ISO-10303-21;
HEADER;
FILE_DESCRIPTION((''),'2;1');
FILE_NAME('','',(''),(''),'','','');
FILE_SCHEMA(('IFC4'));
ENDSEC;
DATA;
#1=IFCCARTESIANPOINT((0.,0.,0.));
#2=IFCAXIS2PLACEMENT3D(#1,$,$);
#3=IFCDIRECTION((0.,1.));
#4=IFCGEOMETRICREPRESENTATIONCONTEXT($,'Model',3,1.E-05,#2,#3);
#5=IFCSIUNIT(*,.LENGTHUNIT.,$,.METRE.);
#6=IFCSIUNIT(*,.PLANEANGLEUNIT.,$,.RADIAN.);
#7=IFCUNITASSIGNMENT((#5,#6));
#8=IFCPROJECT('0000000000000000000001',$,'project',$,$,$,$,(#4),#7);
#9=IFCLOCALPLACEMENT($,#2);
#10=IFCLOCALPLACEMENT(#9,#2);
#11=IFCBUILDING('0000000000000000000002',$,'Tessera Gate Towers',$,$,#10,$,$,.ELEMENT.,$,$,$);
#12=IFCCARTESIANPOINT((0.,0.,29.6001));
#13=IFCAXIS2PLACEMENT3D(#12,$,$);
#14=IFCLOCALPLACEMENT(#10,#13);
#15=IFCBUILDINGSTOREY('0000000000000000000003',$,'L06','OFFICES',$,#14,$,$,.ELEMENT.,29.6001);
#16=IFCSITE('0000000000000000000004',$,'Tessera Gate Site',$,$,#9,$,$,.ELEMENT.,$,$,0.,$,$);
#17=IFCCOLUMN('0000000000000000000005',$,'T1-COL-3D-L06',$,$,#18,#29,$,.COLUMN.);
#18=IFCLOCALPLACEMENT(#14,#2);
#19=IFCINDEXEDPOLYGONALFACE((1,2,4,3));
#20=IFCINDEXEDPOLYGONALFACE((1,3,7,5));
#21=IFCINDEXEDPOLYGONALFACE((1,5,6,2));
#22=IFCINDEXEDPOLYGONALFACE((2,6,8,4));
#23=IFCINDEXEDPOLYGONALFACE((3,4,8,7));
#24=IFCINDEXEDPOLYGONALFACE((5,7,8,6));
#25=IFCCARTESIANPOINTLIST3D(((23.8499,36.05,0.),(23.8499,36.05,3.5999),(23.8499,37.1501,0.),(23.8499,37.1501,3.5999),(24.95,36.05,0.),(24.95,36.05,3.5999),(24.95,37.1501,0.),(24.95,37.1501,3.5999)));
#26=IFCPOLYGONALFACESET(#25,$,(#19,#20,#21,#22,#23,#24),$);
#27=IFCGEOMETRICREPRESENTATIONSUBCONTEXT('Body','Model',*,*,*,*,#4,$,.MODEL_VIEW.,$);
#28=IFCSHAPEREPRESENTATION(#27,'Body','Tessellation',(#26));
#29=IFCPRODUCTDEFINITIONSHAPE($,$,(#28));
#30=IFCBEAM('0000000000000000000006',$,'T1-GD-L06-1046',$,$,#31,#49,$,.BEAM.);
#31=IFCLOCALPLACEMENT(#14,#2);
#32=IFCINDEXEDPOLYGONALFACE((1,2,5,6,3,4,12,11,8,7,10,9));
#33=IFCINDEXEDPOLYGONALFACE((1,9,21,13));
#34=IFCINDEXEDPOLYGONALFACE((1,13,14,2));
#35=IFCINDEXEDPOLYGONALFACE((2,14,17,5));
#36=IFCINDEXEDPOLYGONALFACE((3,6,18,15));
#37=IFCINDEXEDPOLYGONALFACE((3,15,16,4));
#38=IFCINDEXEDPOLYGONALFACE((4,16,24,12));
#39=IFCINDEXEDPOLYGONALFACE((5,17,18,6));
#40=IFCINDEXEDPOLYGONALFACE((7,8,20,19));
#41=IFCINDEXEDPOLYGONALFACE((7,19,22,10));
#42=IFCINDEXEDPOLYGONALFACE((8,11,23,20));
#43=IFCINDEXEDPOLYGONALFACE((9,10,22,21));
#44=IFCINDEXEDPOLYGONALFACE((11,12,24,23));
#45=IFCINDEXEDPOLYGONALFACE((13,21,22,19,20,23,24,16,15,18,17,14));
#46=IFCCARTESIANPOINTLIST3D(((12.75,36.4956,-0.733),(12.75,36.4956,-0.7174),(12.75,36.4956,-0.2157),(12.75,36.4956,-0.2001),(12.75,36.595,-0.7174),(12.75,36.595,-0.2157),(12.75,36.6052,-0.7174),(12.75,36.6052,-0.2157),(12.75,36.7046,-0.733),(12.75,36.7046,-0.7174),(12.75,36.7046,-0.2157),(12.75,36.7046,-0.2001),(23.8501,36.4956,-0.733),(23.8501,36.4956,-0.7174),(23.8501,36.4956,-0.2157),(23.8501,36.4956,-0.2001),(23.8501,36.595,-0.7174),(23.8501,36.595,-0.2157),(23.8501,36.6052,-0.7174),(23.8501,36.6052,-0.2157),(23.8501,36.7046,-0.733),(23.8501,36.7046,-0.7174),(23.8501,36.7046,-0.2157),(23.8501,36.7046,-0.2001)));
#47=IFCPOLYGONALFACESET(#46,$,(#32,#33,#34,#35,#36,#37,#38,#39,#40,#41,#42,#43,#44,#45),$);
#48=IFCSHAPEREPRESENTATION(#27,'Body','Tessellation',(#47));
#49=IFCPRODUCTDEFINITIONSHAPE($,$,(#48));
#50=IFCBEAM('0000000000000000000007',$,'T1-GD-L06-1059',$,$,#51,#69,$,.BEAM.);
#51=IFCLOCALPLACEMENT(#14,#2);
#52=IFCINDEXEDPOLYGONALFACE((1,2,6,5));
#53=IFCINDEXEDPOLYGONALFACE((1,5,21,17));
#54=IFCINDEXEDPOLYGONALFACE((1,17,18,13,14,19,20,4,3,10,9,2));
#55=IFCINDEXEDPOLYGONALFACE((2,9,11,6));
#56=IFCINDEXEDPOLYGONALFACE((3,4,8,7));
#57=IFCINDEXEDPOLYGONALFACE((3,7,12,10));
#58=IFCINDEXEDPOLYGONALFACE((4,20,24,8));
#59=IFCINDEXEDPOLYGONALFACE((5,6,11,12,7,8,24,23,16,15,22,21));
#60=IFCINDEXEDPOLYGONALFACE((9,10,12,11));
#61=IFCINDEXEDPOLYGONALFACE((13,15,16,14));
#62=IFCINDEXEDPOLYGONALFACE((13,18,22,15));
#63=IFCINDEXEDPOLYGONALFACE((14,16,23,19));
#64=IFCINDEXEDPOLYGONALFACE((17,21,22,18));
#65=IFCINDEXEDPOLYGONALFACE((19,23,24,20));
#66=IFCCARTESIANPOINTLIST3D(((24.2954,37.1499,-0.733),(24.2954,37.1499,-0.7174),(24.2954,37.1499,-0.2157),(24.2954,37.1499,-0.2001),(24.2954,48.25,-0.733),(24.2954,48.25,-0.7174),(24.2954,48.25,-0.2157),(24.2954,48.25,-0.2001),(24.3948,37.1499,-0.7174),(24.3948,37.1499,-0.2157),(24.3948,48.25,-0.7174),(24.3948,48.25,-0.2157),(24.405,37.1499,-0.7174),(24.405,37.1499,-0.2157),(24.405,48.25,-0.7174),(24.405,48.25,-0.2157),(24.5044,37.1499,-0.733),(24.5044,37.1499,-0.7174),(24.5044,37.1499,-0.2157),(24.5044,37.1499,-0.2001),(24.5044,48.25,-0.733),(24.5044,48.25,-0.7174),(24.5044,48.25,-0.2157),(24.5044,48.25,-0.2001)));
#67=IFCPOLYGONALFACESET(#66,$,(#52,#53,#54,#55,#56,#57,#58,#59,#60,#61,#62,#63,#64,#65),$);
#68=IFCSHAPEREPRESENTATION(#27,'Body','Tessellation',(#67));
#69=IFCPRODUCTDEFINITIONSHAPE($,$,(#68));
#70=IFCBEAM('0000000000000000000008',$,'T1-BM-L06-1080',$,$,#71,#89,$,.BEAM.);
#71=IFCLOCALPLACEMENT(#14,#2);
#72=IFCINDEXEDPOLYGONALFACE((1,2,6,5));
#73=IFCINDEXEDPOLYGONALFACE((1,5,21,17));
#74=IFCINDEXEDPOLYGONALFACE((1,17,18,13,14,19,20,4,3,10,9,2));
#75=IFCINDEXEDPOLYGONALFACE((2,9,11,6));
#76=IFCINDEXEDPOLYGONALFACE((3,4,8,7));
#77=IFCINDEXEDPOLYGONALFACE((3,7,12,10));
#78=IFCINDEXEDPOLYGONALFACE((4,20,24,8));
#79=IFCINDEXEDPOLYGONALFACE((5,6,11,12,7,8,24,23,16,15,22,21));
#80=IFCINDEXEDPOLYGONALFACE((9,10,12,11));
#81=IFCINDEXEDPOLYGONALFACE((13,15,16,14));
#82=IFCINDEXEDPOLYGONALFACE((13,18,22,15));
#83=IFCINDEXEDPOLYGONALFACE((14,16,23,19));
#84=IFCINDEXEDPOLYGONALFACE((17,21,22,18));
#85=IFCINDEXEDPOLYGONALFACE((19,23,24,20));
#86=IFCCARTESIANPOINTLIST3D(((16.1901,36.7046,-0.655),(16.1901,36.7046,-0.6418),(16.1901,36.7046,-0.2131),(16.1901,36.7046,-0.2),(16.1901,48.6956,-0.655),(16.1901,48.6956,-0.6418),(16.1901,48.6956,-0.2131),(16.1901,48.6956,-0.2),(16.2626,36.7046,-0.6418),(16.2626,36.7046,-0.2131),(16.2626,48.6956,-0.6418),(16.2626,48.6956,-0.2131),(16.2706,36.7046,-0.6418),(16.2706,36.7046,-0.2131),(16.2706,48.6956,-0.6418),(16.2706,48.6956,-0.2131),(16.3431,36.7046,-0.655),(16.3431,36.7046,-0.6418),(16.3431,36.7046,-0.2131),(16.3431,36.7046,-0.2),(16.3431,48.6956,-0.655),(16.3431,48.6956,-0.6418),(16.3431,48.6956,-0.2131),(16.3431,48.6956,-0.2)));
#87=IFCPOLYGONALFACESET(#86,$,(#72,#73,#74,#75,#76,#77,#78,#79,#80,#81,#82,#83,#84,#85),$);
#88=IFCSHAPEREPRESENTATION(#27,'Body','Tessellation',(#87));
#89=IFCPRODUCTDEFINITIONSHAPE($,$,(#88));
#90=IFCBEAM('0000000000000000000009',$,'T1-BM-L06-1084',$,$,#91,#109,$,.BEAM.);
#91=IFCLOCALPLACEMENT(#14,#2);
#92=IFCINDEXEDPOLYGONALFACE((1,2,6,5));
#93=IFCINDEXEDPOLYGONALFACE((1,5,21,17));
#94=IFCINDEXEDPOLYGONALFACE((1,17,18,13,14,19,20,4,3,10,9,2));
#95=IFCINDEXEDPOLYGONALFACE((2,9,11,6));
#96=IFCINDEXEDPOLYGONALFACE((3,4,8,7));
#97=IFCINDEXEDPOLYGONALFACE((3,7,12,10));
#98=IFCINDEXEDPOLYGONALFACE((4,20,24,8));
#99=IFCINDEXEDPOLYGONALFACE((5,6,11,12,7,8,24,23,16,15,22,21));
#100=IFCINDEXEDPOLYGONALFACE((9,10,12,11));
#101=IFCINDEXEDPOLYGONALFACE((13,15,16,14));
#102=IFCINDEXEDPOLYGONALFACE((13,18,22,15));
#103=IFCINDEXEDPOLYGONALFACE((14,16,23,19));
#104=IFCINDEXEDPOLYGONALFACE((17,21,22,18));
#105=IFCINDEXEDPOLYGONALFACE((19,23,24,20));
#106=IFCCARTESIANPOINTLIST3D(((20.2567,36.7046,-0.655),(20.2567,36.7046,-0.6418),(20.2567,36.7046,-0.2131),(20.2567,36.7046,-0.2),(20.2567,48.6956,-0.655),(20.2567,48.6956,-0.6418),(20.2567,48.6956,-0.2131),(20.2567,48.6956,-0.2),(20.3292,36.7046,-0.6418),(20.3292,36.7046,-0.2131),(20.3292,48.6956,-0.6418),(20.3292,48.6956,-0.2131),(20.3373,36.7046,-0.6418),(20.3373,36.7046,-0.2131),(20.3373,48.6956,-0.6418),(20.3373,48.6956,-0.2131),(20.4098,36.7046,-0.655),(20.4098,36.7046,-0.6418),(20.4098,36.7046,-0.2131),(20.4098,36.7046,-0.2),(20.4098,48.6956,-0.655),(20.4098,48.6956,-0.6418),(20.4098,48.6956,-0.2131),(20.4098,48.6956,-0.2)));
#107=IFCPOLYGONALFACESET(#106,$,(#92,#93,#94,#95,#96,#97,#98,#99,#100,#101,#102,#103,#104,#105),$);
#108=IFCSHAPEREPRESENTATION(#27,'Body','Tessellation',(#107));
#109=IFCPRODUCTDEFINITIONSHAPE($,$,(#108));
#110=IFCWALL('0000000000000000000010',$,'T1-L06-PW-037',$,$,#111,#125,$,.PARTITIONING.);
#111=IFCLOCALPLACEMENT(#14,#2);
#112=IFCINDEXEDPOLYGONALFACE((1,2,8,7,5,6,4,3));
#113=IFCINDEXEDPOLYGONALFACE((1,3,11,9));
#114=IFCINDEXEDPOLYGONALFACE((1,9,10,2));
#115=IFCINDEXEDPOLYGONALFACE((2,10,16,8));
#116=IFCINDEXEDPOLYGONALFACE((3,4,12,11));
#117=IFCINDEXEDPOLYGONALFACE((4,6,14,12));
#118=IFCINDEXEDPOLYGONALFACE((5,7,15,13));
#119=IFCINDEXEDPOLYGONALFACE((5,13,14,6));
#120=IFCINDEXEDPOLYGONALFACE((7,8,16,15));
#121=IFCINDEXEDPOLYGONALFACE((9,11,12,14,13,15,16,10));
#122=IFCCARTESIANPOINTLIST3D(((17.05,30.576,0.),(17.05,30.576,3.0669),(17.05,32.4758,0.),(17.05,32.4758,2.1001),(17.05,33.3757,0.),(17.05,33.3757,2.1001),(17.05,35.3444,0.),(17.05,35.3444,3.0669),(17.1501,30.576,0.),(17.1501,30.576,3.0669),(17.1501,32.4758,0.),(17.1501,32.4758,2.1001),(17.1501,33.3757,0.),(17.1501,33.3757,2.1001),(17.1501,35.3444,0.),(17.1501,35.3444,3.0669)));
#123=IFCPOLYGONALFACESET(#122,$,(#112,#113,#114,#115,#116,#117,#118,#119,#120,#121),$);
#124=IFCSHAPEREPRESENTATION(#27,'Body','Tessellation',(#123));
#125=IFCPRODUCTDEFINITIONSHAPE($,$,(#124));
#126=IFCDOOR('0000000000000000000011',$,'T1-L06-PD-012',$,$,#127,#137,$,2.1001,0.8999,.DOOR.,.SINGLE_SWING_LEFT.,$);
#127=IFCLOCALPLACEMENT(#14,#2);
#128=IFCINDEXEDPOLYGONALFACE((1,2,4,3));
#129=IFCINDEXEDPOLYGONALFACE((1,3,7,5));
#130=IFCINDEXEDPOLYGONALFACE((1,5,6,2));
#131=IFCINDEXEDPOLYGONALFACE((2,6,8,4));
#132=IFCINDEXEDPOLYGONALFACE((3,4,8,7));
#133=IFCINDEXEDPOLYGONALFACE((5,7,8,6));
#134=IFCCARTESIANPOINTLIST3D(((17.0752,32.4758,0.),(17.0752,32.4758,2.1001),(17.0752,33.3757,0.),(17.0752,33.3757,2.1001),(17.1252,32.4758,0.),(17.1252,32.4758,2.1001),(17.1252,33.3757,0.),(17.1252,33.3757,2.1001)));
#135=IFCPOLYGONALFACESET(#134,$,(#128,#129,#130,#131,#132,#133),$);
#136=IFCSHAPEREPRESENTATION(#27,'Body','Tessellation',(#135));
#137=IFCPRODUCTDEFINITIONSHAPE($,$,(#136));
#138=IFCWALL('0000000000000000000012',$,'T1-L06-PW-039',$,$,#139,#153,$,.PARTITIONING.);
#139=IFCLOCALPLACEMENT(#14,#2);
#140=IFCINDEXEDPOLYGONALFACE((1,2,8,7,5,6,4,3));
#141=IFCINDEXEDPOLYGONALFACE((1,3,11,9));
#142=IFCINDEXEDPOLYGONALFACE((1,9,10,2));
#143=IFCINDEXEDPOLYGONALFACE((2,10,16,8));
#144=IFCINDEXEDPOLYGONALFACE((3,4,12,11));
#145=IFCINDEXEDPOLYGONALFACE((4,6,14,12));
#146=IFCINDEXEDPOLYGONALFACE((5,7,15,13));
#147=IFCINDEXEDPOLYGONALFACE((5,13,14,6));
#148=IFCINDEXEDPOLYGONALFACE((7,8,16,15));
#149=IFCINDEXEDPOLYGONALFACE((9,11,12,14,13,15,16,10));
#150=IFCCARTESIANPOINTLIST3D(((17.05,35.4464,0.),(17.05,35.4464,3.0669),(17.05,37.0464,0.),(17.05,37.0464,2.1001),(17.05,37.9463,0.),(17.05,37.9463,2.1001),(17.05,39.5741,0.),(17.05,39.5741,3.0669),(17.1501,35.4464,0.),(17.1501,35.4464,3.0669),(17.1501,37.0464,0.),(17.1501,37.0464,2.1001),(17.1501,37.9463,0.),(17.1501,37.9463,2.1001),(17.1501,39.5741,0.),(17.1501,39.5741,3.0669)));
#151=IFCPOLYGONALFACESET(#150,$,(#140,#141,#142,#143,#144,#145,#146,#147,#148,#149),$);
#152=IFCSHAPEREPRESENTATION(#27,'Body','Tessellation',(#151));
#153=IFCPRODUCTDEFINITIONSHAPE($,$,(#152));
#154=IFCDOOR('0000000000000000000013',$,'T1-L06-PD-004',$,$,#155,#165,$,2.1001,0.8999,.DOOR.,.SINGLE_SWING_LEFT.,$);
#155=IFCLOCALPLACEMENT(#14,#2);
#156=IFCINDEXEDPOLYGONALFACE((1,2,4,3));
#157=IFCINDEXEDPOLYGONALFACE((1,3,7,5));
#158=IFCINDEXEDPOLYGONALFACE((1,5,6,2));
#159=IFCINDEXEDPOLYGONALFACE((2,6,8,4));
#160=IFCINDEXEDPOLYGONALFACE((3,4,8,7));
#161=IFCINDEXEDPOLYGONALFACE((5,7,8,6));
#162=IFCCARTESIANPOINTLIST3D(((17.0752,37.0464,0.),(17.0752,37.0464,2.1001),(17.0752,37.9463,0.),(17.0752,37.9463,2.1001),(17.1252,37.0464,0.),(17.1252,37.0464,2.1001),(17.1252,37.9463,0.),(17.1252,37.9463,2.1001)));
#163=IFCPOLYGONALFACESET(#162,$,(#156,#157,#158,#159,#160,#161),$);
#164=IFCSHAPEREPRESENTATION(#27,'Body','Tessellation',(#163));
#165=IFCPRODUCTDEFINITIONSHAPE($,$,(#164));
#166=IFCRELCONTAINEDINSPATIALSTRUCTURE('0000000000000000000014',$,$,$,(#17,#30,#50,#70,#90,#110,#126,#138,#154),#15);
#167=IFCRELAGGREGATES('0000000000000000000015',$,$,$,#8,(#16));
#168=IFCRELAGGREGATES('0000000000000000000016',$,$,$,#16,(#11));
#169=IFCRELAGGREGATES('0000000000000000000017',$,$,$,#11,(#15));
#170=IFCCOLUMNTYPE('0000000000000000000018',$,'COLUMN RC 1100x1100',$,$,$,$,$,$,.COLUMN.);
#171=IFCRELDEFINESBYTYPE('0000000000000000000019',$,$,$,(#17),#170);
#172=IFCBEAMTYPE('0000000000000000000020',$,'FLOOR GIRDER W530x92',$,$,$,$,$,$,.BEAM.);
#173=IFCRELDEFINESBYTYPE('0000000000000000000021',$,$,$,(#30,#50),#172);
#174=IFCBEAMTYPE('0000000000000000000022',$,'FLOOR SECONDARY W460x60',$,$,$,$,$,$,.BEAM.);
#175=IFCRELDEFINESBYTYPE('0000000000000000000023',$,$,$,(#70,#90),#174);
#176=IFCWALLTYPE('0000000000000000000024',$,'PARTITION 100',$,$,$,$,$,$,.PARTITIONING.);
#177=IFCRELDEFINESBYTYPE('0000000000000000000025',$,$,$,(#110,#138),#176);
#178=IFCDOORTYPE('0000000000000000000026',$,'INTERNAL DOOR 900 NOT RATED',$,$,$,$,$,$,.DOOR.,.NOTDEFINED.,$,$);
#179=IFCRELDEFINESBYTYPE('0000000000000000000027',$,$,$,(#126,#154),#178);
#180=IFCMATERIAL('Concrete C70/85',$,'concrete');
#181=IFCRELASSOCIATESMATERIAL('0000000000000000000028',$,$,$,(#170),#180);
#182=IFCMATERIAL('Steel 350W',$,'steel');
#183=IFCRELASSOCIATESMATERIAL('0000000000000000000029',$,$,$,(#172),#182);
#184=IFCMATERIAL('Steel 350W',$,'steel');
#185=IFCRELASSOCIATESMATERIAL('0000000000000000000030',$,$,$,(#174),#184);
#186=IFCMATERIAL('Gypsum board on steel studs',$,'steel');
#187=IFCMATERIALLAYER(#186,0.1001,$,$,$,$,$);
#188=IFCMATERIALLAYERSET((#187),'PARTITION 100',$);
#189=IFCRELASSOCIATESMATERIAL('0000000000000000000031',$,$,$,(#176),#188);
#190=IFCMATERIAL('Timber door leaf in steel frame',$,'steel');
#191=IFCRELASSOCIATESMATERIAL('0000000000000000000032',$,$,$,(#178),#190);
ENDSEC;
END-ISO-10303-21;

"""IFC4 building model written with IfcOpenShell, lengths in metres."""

from ifc_helpers import new_model, si_unit, direction, frame, frame_2d, origin, origin_2d, place, context, subcontext, project, spatial, rectangle, i_section, extrude, source, transform, mapped, material, layer, layer_set, material_profile, profile_set, type_object, element, fill, save


model = new_model("IFC4")

# Units and contexts
model_context = context("Model", 3, precision=1e-05, world=origin(), true_north=direction((0.0, 1.0)))
body_context = subcontext(model_context, "Body", "Model", "MODEL_VIEW")
ifc_project = project(units=[si_unit("LENGTHUNIT", "METRE"), si_unit("PLANEANGLEUNIT", "RADIAN")], contexts=[model_context])

# Site, building, storey
site_placement = place(None, origin())
site = spatial("IfcSite", under=ifc_project, at=site_placement, Name="Tessera Gate Site", CompositionType="ELEMENT", RefElevation=0.0)
building_placement = place(site_placement, origin())
building = spatial("IfcBuilding", under=site, at=building_placement, Name="Tessera Gate Towers", CompositionType="ELEMENT")
storey_placement = place(building_placement, frame((0.0, 0.0, 29.6001)))
storey = spatial("IfcBuildingStorey", under=building, at=storey_placement, Name="L06", Description="OFFICES", CompositionType="ELEMENT", Elevation=29.6001)

# Column
ifc_material_1 = material(Name="Concrete C70/85", Category="concrete")
ifc_material_profile_1 = material_profile(ifc_material_1, rectangle(XDim=1.1001, YDim=1.1001, at=origin_2d()), Name="RC 1100x1100")
ifc_profile_set_1 = profile_set([ifc_material_profile_1], Name="Concrete C70/85")
column_type = type_object("IfcColumnType", Name="COLUMN RC 1100x1100", PredefinedType="COLUMN", material=ifc_profile_set_1)
column_placement = place(storey_placement, frame((24.3999, 36.6001, 0.0), z_axis=(0.0, 0.0, 1.0), x_axis=(1.0, 0.0, 0.0)))
element("IfcColumn", 1, at=column_placement, inside=storey, type_object=column_type, Name="T1-COL-3D-L06", PredefinedType="COLUMN", context=body_context, shape_type="SweptSolid", body=[
    extrude(rectangle(XDim=1.1001, YDim=1.1001, at=origin_2d()), origin(), (0.0, 0.0, 1.0), 3.5999),
])

# Beams
ifc_material_2 = material(Name="Steel 350W", Category="steel")
ifc_material_profile_2 = material_profile(ifc_material_2, i_section(OverallWidth=0.209, OverallDepth=0.533, WebThickness=0.0103, FlangeThickness=0.0156, at=origin_2d()), Name="W530x92")
ifc_profile_set_2 = profile_set([ifc_material_profile_2], Name="Steel 350W")
beam_type_1 = type_object("IfcBeamType", Name="FLOOR GIRDER W530x92", PredefinedType="BEAM", material=ifc_profile_set_2)
for number, where, z_axis, x_axis, name in (
    (2, (12.75, 36.6001, -0.4666), (1.0, 0.0, 0.0), (0.0, 1.0, 0.0), "T1-GD-L06-1046"),
    (3, (24.3999, 37.1499, -0.4666), (0.0, 1.0, 0.0), (-1.0, 0.0, 0.0), "T1-GD-L06-1059"),
):
    element("IfcBeam", number, at=place(storey_placement, frame(where, z_axis=z_axis, x_axis=x_axis)), inside=storey, type_object=beam_type_1, Name=name, PredefinedType="BEAM", context=body_context, shape_type="SweptSolid", body=[
        extrude(i_section(OverallWidth=0.209, OverallDepth=0.533, WebThickness=0.0103, FlangeThickness=0.0156, at=origin_2d()), origin(), (0.0, 0.0, 1.0), 11.1001),
    ])
ifc_material_3 = material(Name="Steel 350W", Category="steel")
ifc_material_profile_3 = material_profile(ifc_material_3, i_section(OverallWidth=0.1531, OverallDepth=0.4551, WebThickness=0.0081, FlangeThickness=0.0132, at=origin_2d()), Name="W460x60")
ifc_profile_set_3 = profile_set([ifc_material_profile_3], Name="Steel 350W")
beam_type_2 = type_object("IfcBeamType", Name="FLOOR SECONDARY W460x60", PredefinedType="BEAM", material=ifc_profile_set_3)
for number, where, z_axis, x_axis, name in (
    (4, (16.2666, 36.7046, -0.4275), (0.0, 1.0, 0.0), (-1.0, 0.0, 0.0), "T1-BM-L06-1080"),
    (5, (20.3333, 36.7046, -0.4275), (0.0, 1.0, 0.0), (-1.0, 0.0, 0.0), "T1-BM-L06-1084"),
):
    element("IfcBeam", number, at=place(storey_placement, frame(where, z_axis=z_axis, x_axis=x_axis)), inside=storey, type_object=beam_type_2, Name=name, PredefinedType="BEAM", context=body_context, shape_type="SweptSolid", body=[
        extrude(i_section(OverallWidth=0.1531, OverallDepth=0.4551, WebThickness=0.0081, FlangeThickness=0.0132, at=origin_2d()), origin(), (0.0, 0.0, 1.0), 11.991),
    ])

# Walls, openings, doors
ifc_material_4 = material(Name="Gypsum board on steel studs", Category="steel")
ifc_layer_1 = layer(ifc_material_4, 0.1001)
ifc_layer_set_1 = layer_set([ifc_layer_1], Name="PARTITION 100")
wall_type_1 = type_object("IfcWallType", Name="PARTITION 100", PredefinedType="PARTITIONING", material=ifc_layer_set_1)
wall_1_placement = place(storey_placement, frame((17.1001, 30.5759, 0.0), z_axis=(0.0, 0.0, 1.0), x_axis=(0.0, 1.0, 0.0)))
wall_1 = element("IfcWall", 6, at=wall_1_placement, inside=storey, type_object=wall_type_1, Name="T1-L06-PW-037", PredefinedType="PARTITIONING", context=body_context, shape_type="SweptSolid", body=[
    extrude(rectangle(XDim=4.7683, YDim=0.1001, at=frame_2d((2.3843, 0.0))), origin(), (0.0, 0.0, 1.0), 3.0669),
])
shared_shape_1 = source(origin(), body_context, "Body", "SweptSolid", [
    extrude(rectangle(XDim=0.8999, YDim=2.1001, at=frame_2d((0.45, 1.05))), frame((0.0, 0.0601, 0.0), z_axis=(0.0, -1.0, 0.0), x_axis=(1.0, 0.0, 0.0)), (0.0, 0.0, 1.0), 0.1201),
])
opening_1_placement = place(wall_1_placement, frame((1.8999, 0.0, 0.0)))
opening_1 = element("IfcOpeningElement", 7, at=opening_1_placement, cuts=wall_1, PredefinedType="OPENING", context=body_context, shape_type="MappedRepresentation", body=[
    mapped(shared_shape_1, transform((0.0, 0.0, 0.0), scale=1.0)),
])
ifc_material_5 = material(Name="Timber door leaf in steel frame", Category="steel")
door_type = type_object("IfcDoorType", Name="INTERNAL DOOR 900 NOT RATED", OperationType="NOTDEFINED", PredefinedType="DOOR", material=ifc_material_5)
shared_shape_2 = source(origin(), body_context, "Body", "SweptSolid", [
    extrude(rectangle(XDim=0.8999, YDim=2.1001, at=frame_2d((0.45, 1.05))), frame((0.0, 0.0249, 0.0), z_axis=(0.0, -1.0, 0.0), x_axis=(1.0, 0.0, 0.0)), (0.0, 0.0, 1.0), 0.05),
])
door_1_placement = place(opening_1_placement, origin())
door_1 = element("IfcDoor", 8, at=door_1_placement, inside=storey, type_object=door_type, Name="T1-L06-PD-012", OperationType="SINGLE_SWING_LEFT", OverallHeight=2.1001, OverallWidth=0.8999, PredefinedType="DOOR", context=body_context, shape_type="MappedRepresentation", body=[
    mapped(shared_shape_2, transform((0.0, 0.0, 0.0), scale=1.0)),
])
fill(opening_1, door_1)
wall_2_placement = place(storey_placement, frame((17.1001, 35.4463, 0.0), z_axis=(0.0, 0.0, 1.0), x_axis=(0.0, 1.0, 0.0)))
wall_2 = element("IfcWall", 9, at=wall_2_placement, inside=storey, type_object=wall_type_1, Name="T1-L06-PW-039", PredefinedType="PARTITIONING", context=body_context, shape_type="SweptSolid", body=[
    extrude(rectangle(XDim=4.1277, YDim=0.1001, at=frame_2d((2.064, 0.0))), origin(), (0.0, 0.0, 1.0), 3.0669),
])
opening_2_placement = place(wall_2_placement, frame((1.6001, 0.0, 0.0)))
opening_2 = element("IfcOpeningElement", 10, at=opening_2_placement, cuts=wall_2, PredefinedType="OPENING", context=body_context, shape_type="MappedRepresentation", body=[
    mapped(shared_shape_1, transform((0.0, 0.0, 0.0), scale=1.0)),
])
door_2_placement = place(opening_2_placement, origin())
door_2 = element("IfcDoor", 11, at=door_2_placement, inside=storey, type_object=door_type, Name="T1-L06-PD-004", OperationType="SINGLE_SWING_LEFT", OverallHeight=2.1001, OverallWidth=0.8999, PredefinedType="DOOR", context=body_context, shape_type="MappedRepresentation", body=[
    mapped(shared_shape_2, transform((0.0, 0.0, 0.0), scale=1.0)),
])
fill(opening_2, door_2)

save(model, "model.ifc")
